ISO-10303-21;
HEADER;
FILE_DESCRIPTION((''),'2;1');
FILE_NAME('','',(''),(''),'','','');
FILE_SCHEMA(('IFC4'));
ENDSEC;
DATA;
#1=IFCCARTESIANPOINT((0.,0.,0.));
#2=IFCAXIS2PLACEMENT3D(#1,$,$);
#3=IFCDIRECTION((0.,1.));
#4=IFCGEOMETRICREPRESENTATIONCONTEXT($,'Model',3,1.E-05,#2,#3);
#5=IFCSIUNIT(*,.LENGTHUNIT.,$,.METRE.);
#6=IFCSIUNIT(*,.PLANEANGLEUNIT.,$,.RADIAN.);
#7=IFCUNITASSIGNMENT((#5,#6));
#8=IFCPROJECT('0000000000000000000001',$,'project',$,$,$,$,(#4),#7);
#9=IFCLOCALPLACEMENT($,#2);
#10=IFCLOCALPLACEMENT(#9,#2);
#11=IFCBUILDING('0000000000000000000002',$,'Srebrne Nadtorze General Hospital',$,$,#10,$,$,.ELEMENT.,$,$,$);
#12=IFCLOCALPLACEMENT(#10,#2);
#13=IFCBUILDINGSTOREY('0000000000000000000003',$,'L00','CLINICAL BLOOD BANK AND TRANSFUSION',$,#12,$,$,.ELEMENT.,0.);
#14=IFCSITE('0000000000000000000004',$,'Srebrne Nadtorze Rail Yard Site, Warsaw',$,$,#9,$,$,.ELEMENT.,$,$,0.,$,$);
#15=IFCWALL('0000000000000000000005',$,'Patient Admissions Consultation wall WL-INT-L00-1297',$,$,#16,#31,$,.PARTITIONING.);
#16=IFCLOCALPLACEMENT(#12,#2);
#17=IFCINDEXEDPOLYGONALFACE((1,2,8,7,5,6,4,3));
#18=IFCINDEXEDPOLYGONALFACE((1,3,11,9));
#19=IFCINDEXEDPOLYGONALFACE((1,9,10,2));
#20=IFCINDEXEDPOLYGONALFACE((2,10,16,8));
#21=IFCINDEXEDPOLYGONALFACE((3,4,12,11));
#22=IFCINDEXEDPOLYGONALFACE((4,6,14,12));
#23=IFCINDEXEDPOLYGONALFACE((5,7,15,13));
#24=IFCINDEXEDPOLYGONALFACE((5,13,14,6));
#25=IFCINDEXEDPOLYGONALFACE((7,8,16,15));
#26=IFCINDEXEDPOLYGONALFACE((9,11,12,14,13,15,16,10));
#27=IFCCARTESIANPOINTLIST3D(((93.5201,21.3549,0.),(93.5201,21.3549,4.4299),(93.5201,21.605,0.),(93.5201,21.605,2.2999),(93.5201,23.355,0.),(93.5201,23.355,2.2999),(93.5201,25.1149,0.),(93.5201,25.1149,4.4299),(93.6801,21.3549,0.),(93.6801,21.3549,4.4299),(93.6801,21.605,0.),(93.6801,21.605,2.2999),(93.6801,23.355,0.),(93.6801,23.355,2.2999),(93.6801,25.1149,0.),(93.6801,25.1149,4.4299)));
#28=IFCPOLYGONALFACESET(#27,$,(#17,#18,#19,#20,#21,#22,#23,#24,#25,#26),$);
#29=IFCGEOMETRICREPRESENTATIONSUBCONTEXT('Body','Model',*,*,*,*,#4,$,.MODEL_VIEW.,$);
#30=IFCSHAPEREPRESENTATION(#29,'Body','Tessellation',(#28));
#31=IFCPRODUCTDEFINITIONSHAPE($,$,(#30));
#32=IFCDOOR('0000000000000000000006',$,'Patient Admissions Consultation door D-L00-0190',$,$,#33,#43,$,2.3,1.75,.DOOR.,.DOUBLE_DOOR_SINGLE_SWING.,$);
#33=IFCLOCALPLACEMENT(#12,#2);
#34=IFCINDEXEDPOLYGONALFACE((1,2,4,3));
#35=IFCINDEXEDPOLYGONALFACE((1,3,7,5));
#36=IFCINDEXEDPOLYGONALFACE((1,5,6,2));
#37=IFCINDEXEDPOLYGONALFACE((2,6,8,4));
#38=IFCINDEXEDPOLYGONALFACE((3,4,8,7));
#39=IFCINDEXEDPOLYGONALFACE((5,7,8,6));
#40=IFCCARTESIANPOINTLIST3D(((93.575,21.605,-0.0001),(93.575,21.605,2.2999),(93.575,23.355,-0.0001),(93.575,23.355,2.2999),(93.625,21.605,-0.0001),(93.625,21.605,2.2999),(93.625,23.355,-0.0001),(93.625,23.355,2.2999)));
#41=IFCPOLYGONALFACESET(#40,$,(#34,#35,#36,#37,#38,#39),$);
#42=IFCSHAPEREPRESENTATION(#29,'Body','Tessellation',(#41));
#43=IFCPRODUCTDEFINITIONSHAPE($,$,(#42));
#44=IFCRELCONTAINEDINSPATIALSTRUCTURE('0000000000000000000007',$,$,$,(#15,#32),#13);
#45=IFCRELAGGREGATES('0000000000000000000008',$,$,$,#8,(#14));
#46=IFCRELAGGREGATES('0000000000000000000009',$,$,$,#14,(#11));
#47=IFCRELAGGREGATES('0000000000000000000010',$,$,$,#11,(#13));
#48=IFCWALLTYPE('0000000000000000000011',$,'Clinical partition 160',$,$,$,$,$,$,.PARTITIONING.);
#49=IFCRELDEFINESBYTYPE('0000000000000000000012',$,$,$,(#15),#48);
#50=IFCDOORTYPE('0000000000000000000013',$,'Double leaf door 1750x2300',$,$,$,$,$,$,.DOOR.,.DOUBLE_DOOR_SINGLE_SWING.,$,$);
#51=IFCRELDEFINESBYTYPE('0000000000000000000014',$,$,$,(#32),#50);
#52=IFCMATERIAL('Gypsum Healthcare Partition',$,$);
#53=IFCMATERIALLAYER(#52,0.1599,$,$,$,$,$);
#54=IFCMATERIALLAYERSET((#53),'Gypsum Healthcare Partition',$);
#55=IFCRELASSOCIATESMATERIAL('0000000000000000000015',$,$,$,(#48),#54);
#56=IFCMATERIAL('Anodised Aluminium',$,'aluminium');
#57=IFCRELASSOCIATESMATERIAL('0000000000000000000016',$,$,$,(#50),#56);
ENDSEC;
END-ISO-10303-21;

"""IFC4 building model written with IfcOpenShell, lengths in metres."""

from ifc_helpers import new_model, si_unit, direction, frame, frame_2d, origin, place, context, subcontext, project, spatial, rectangle, extrude, material, layer, layer_set, type_object, element, fill, save


model = new_model("IFC4")

# Units and contexts
model_context = context("Model", 3, precision=1e-05, world=origin(), true_north=direction((0.0, 1.0)))
body_context = subcontext(model_context, "Body", "Model", "MODEL_VIEW")
ifc_project = project(units=[si_unit("LENGTHUNIT", "METRE"), si_unit("PLANEANGLEUNIT", "RADIAN")], contexts=[model_context])

# Site, building, storey
site_placement = place(None, origin())
site = spatial("IfcSite", under=ifc_project, at=site_placement, Name="Srebrne Nadtorze Rail Yard Site, Warsaw", CompositionType="ELEMENT", RefElevation=0.0)
building_placement = place(site_placement, origin())
building = spatial("IfcBuilding", under=site, at=building_placement, Name="Srebrne Nadtorze General Hospital", CompositionType="ELEMENT")
storey_placement = place(building_placement, origin())
storey = spatial("IfcBuildingStorey", under=building, at=storey_placement, Name="L00", Description="CLINICAL BLOOD BANK AND TRANSFUSION", CompositionType="ELEMENT", Elevation=0.0)

# Wall, opening, door
ifc_material_1 = material(Name="Gypsum Healthcare Partition")
ifc_layer_1 = layer(ifc_material_1, 0.1599)
ifc_layer_set_1 = layer_set([ifc_layer_1], Name="Gypsum Healthcare Partition")
wall_type = type_object("IfcWallType", Name="Clinical partition 160", PredefinedType="PARTITIONING", material=ifc_layer_set_1)
wall_placement = place(storey_placement, frame((93.6001, 21.355, 0.0), z_axis=(0.0, 0.0, 1.0), x_axis=(0.0, 1.0, 0.0)))
wall = element("IfcWall", 1, at=wall_placement, inside=storey, type_object=wall_type, Name="Patient Admissions Consultation wall WL-INT-L00-1297", PredefinedType="PARTITIONING", context=body_context, shape_type="SweptSolid", body=[
    extrude(rectangle(XDim=3.76, YDim=0.1599, at=frame_2d((1.8799, 0.0))), origin(), (0.0, 0.0, 1.0), 4.4299),
])
opening_placement = place(wall_placement, frame((0.25, 0.0, 0.0)))
opening = element("IfcOpeningElement", 2, at=opening_placement, cuts=wall, PredefinedType="OPENING", context=body_context, shape_type="SweptSolid", body=[
    extrude(rectangle(XDim=1.75, YDim=2.3, at=frame_2d((0.875, 1.1499))), frame((0.0, 0.0918, 0.0), z_axis=(0.0, -1.0, 0.0), x_axis=(1.0, 0.0, 0.0)), (0.0, 0.0, 1.0), 0.1838),
])
ifc_material_2 = material(Name="Anodised Aluminium", Category="aluminium")
door_type = type_object("IfcDoorType", Name="Double leaf door 1750x2300", OperationType="DOUBLE_DOOR_SINGLE_SWING", PredefinedType="DOOR", material=ifc_material_2)
door_placement = place(opening_placement, frame((1.75, 0.0, 0.0), z_axis=(0.0, 0.0, 1.0), x_axis=(-1.0, 0.0, 0.0)))
door = element("IfcDoor", 3, at=door_placement, inside=storey, type_object=door_type, Name="Patient Admissions Consultation door D-L00-0190", OperationType="DOUBLE_DOOR_SINGLE_SWING", OverallHeight=2.3, OverallWidth=1.75, PredefinedType="DOOR", context=body_context, shape_type="SweptSolid", body=[
    extrude(rectangle(XDim=1.75, YDim=2.3, at=frame_2d((0.875, 1.1499))), frame((0.0, 0.0249, 0.0), z_axis=(0.0, -1.0, 0.0), x_axis=(1.0, 0.0, 0.0)), (0.0, 0.0, 1.0), 0.05),
])
fill(opening, door)

save(model, "model.ifc")
